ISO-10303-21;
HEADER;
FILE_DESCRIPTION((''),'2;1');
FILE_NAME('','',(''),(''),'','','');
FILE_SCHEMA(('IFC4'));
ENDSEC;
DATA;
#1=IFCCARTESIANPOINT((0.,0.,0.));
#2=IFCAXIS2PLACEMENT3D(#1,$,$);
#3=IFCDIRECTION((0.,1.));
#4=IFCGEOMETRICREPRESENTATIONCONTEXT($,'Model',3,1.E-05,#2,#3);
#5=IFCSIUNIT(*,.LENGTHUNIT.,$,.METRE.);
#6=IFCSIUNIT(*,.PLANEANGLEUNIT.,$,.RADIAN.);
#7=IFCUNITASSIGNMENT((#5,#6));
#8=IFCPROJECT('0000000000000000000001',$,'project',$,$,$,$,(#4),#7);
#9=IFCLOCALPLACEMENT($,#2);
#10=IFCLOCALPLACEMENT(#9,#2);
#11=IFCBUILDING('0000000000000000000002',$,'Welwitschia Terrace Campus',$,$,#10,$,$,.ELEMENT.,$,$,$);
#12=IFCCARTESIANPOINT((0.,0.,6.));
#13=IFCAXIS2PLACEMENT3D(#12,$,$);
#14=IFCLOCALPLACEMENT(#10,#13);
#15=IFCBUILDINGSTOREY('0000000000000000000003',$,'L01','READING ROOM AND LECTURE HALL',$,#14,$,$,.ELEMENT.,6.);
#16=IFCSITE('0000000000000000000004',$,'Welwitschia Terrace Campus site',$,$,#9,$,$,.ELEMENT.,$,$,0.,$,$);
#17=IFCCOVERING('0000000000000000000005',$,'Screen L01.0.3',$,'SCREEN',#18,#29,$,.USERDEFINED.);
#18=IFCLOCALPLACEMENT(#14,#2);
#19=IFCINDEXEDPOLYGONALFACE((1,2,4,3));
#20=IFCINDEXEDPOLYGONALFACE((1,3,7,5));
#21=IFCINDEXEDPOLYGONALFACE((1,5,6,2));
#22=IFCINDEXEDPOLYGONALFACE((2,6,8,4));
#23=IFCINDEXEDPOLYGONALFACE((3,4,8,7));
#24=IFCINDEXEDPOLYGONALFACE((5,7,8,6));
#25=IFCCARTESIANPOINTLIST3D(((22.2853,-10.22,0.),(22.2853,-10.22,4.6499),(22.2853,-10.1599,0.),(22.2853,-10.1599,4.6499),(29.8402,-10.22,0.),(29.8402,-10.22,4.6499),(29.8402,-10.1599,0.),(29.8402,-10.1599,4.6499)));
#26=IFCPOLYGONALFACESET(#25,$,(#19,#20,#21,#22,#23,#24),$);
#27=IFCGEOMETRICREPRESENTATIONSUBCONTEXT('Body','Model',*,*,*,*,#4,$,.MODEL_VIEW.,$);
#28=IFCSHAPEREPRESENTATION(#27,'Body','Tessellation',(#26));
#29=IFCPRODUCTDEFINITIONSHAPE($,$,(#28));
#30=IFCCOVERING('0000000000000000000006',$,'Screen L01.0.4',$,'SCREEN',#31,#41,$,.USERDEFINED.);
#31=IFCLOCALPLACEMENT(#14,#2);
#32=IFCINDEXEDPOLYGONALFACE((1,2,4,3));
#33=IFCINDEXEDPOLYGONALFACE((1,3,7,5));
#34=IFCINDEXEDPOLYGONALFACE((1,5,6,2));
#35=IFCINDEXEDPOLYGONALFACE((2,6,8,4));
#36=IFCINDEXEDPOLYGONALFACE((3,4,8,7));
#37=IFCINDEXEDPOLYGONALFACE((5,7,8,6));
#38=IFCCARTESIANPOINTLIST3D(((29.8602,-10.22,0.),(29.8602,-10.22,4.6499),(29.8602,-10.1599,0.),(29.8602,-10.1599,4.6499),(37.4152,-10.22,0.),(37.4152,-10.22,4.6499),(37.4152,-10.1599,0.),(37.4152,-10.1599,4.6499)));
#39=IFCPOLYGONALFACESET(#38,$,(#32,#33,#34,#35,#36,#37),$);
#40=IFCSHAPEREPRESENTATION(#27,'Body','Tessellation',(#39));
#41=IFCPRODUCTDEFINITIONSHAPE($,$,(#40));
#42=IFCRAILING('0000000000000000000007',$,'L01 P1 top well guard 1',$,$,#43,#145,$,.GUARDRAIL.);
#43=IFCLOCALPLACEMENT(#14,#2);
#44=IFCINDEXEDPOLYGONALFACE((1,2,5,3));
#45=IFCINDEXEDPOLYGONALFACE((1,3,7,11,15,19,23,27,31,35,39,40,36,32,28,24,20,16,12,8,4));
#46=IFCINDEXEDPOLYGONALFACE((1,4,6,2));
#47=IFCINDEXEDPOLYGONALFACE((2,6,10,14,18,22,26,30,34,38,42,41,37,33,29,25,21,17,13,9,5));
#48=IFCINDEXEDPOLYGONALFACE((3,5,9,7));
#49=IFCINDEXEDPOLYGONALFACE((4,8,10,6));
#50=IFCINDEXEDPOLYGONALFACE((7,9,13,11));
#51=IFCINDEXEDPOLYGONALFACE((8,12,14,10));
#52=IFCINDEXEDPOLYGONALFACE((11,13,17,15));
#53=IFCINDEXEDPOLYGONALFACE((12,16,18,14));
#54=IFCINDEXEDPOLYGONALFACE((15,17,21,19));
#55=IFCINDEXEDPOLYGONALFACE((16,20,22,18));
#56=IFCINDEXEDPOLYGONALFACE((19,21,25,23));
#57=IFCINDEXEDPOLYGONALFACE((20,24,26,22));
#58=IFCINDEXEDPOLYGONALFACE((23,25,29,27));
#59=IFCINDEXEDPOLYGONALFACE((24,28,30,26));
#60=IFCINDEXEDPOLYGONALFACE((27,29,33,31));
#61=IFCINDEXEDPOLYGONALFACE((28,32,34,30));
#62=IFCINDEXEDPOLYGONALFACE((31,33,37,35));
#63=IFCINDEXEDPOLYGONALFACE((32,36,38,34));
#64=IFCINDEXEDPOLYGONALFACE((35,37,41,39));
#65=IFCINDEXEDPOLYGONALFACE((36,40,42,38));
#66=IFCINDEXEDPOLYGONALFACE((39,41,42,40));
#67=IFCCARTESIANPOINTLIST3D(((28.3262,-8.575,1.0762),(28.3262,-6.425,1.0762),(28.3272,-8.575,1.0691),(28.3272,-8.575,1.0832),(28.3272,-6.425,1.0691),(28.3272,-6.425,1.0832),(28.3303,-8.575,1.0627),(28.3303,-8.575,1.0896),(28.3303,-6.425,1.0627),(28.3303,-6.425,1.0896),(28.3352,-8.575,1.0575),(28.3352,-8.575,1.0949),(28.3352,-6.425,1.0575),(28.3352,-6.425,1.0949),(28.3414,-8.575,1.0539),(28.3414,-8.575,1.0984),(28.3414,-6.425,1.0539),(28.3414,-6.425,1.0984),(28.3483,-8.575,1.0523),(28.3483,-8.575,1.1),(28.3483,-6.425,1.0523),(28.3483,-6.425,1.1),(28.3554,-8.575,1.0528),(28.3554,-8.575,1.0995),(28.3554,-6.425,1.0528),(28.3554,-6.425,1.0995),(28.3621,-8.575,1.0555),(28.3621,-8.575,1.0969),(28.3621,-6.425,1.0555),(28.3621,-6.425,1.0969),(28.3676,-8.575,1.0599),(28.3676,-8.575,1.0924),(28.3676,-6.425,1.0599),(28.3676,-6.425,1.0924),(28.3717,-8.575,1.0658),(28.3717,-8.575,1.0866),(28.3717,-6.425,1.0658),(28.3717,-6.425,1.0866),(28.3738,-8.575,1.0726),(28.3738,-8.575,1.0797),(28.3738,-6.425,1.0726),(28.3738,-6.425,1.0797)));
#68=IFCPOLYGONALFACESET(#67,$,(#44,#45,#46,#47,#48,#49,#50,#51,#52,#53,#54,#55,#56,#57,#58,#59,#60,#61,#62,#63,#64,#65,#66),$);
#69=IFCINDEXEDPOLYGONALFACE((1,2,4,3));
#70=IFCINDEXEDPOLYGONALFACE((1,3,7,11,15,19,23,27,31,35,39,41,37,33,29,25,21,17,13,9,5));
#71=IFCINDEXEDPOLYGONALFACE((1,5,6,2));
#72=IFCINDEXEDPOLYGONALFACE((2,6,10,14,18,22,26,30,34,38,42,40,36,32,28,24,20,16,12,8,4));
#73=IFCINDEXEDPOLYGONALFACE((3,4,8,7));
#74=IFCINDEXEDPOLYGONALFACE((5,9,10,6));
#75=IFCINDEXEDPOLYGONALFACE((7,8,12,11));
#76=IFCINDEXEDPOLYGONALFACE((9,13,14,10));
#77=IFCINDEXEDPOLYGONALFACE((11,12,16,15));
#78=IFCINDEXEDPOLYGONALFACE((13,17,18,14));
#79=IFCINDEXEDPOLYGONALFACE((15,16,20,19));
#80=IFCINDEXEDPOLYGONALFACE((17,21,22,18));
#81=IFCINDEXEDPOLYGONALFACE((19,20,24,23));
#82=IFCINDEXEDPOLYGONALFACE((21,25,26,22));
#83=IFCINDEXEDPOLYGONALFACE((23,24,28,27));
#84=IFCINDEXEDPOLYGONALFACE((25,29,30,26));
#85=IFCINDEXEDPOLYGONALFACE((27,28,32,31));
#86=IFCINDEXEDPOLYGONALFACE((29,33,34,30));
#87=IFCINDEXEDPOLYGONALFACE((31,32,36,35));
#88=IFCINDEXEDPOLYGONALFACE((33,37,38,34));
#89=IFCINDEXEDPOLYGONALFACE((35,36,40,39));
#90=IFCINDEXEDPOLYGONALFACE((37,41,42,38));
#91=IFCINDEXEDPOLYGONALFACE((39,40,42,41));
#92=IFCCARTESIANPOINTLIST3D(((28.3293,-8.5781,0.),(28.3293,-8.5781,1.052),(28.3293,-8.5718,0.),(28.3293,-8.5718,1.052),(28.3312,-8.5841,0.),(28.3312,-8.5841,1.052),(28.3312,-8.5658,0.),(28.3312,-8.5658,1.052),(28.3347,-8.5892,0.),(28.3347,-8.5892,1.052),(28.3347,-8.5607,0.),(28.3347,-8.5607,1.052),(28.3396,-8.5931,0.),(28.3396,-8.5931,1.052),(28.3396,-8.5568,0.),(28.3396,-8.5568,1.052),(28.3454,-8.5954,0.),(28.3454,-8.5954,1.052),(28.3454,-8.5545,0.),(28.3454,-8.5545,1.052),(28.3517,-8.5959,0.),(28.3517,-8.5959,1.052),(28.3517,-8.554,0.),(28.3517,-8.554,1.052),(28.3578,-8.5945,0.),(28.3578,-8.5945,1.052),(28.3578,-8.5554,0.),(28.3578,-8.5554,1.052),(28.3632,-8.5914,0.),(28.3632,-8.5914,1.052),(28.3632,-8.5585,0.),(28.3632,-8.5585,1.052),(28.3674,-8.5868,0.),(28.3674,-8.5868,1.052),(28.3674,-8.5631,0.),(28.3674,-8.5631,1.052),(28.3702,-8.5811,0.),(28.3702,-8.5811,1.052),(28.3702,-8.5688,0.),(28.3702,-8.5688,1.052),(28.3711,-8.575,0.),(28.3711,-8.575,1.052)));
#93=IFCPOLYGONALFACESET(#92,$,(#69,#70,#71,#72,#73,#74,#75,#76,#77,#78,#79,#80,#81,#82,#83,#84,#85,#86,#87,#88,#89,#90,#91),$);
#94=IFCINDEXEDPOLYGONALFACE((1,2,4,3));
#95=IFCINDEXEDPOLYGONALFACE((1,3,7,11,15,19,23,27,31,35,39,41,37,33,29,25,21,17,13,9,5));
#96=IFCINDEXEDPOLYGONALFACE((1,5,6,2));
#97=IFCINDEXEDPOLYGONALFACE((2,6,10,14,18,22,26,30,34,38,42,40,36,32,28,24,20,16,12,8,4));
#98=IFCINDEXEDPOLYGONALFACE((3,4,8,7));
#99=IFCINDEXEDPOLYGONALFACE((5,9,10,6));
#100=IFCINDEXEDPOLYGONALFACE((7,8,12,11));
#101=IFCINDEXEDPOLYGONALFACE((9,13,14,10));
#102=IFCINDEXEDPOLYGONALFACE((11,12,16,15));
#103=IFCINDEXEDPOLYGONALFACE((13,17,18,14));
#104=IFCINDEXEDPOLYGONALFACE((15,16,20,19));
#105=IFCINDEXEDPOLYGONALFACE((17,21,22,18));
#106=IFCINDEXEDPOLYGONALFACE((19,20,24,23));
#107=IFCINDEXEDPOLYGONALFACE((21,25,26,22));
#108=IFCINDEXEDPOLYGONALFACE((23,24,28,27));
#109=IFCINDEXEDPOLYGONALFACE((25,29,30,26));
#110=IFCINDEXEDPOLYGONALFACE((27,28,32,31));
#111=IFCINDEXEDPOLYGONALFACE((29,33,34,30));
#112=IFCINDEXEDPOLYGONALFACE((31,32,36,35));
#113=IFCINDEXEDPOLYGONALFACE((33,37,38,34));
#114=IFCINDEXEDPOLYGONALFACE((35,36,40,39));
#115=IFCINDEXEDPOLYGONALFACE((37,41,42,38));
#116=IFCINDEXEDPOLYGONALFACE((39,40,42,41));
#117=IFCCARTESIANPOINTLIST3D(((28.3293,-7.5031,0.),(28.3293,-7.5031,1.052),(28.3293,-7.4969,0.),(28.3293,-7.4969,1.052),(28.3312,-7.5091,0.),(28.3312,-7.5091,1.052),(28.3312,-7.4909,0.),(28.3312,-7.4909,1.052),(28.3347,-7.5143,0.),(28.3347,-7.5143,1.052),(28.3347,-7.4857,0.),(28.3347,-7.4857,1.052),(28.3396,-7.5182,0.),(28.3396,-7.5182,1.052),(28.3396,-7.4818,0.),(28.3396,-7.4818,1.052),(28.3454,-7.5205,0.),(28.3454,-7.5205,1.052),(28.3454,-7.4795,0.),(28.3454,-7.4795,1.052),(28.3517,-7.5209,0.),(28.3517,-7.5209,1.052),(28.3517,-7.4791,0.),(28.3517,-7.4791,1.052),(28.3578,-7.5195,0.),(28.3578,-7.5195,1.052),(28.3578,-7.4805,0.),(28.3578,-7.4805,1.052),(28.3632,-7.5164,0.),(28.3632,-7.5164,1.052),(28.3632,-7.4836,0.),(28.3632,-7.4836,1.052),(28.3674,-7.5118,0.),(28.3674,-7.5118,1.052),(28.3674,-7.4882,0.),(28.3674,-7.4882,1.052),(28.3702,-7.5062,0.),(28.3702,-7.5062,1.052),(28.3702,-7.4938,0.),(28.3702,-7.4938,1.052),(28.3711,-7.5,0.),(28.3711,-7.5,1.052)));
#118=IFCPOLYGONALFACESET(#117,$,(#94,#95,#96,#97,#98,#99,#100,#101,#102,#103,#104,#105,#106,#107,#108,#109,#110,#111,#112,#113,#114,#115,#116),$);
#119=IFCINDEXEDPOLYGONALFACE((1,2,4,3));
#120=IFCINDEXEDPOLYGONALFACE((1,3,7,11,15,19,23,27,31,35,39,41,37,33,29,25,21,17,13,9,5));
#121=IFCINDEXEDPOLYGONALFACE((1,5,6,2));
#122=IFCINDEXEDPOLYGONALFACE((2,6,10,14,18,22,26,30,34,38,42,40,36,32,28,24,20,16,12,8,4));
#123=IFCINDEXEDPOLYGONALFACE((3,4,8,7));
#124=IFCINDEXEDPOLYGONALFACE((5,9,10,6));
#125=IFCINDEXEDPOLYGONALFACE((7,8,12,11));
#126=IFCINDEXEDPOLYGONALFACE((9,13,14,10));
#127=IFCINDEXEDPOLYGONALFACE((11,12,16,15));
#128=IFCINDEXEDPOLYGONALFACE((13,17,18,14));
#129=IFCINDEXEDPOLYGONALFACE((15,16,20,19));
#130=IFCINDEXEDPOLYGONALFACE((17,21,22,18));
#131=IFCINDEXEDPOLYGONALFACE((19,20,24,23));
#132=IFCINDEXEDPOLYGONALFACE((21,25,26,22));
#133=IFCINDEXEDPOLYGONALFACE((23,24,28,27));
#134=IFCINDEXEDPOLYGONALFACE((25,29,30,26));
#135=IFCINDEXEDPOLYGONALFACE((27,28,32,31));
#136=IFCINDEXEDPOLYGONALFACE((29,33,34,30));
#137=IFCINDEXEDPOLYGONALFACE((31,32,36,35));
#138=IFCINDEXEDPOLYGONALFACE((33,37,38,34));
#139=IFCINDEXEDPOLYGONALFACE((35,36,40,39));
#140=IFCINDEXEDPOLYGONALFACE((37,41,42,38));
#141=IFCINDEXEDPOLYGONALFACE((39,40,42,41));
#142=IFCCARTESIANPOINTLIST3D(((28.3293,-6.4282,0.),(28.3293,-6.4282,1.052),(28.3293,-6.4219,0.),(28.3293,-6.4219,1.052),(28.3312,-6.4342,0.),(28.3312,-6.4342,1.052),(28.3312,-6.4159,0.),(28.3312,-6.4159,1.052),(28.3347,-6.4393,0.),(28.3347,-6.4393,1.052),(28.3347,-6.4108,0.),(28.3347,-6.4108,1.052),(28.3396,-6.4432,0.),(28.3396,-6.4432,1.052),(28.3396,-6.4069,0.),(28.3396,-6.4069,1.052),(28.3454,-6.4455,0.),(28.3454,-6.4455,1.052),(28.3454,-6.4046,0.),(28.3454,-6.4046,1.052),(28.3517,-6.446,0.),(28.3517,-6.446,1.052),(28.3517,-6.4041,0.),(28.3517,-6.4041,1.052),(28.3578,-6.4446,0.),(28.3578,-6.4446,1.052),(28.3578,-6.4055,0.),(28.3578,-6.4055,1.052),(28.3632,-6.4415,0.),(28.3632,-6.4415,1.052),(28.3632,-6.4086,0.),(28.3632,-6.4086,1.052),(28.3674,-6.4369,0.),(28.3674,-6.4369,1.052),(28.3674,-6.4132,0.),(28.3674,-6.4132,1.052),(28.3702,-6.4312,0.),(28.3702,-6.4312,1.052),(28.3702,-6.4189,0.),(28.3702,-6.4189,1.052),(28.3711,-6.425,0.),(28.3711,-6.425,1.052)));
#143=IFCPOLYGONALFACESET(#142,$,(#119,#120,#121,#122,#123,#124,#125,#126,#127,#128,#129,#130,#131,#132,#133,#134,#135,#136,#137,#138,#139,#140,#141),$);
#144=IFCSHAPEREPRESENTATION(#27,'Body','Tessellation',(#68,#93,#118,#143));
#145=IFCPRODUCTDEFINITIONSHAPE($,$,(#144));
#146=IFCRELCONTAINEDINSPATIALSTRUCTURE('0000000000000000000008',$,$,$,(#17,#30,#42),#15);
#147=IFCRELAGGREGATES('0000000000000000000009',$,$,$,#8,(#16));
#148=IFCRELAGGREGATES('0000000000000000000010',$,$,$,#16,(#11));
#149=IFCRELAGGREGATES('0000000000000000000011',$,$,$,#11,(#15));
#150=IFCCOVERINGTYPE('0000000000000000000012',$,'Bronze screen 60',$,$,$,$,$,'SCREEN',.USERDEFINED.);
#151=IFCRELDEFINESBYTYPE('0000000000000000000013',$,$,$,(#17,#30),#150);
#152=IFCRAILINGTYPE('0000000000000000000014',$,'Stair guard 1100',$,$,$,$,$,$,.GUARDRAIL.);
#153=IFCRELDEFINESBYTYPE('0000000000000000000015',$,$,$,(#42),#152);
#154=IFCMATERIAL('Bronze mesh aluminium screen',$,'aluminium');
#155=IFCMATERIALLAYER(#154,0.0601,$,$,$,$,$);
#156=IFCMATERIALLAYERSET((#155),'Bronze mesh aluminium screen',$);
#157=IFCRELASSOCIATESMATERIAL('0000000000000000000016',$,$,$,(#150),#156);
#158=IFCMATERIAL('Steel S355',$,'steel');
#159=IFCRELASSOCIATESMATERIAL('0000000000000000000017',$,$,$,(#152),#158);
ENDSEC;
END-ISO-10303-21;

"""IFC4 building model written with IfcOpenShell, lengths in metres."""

from ifc_helpers import new_model, si_unit, direction, frame, origin, origin_2d, place, context, subcontext, project, spatial, rectangle, circle, extrude, material, layer, layer_set, type_object, element, save


model = new_model("IFC4")

# Units and contexts
model_context = context("Model", 3, precision=1e-05, world=origin(), true_north=direction((0.0, 1.0)))
body_context = subcontext(model_context, "Body", "Model", "MODEL_VIEW")
ifc_project = project(units=[si_unit("LENGTHUNIT", "METRE"), si_unit("PLANEANGLEUNIT", "RADIAN")], contexts=[model_context])

# Site, building, storey
site_placement = place(None, origin())
site = spatial("IfcSite", under=ifc_project, at=site_placement, Name="Welwitschia Terrace Campus site", CompositionType="ELEMENT", RefElevation=0.0)
building_placement = place(site_placement, origin())
building = spatial("IfcBuilding", under=site, at=building_placement, Name="Welwitschia Terrace Campus", CompositionType="ELEMENT")
storey_placement = place(building_placement, frame((0.0, 0.0, 6.0)))
storey = spatial("IfcBuildingStorey", under=building, at=storey_placement, Name="L01", Description="READING ROOM AND LECTURE HALL", CompositionType="ELEMENT", Elevation=6.0)

# Coverings
ifc_material_1 = material(Name="Bronze mesh aluminium screen", Category="aluminium")
ifc_layer_1 = layer(ifc_material_1, 0.0601)
ifc_layer_set_1 = layer_set([ifc_layer_1], Name="Bronze mesh aluminium screen")
covering_type = type_object("IfcCoveringType", Name="Bronze screen 60", ElementType="SCREEN", PredefinedType="USERDEFINED", material=ifc_layer_set_1)
for number, where, z_axis, x_axis, name in (
    (1, (26.0627, -10.1899, 0.0), (0.0, 0.0, 1.0), (1.0, 0.0, 0.0), "Screen L01.0.3"),
    (2, (33.6377, -10.1899, 0.0), (0.0, 0.0, 1.0), (1.0, 0.0, 0.0), "Screen L01.0.4"),
):
    element("IfcCovering", number, at=place(storey_placement, frame(where, z_axis=z_axis, x_axis=x_axis)), inside=storey, type_object=covering_type, Name=name, ObjectType="SCREEN", PredefinedType="USERDEFINED", context=body_context, shape_type="SweptSolid", body=[
        extrude(rectangle(XDim=7.5549, YDim=0.0601, at=origin_2d()), origin(), (0.0, 0.0, 1.0), 4.6499),
    ])

# Railing
ifc_material_2 = material(Name="Steel S355", Category="steel")
railing_type_1 = type_object("IfcRailingType", Name="Stair guard 1100", PredefinedType="GUARDRAIL", material=ifc_material_2)
railing_1_placement = place(storey_placement, frame((28.3501, -8.575, 0.0)))
element("IfcRailing", 3, at=railing_1_placement, inside=storey, type_object=railing_type_1, Name="L01 P1 top well guard 1", PredefinedType="GUARDRAIL", context=body_context, shape_type="SweptSolid", body=[
    extrude(circle(Radius=0.0239, at=origin_2d()), frame((0.0, 0.0, 1.0762), z_axis=(0.0, 1.0, 0.0), x_axis=(-1.0, 0.0, 0.0)), (0.0, 0.0, 1.0), 2.1499),
    extrude(circle(Radius=0.021, at=origin_2d()), origin(), (0.0, 0.0, 1.0), 1.052),
    extrude(circle(Radius=0.021, at=origin_2d()), frame((0.0, 1.075, 0.0)), (0.0, 0.0, 1.0), 1.052),
    extrude(circle(Radius=0.021, at=origin_2d()), frame((0.0, 2.1499, 0.0)), (0.0, 0.0, 1.0), 1.052),
])

save(model, "model.ifc")
